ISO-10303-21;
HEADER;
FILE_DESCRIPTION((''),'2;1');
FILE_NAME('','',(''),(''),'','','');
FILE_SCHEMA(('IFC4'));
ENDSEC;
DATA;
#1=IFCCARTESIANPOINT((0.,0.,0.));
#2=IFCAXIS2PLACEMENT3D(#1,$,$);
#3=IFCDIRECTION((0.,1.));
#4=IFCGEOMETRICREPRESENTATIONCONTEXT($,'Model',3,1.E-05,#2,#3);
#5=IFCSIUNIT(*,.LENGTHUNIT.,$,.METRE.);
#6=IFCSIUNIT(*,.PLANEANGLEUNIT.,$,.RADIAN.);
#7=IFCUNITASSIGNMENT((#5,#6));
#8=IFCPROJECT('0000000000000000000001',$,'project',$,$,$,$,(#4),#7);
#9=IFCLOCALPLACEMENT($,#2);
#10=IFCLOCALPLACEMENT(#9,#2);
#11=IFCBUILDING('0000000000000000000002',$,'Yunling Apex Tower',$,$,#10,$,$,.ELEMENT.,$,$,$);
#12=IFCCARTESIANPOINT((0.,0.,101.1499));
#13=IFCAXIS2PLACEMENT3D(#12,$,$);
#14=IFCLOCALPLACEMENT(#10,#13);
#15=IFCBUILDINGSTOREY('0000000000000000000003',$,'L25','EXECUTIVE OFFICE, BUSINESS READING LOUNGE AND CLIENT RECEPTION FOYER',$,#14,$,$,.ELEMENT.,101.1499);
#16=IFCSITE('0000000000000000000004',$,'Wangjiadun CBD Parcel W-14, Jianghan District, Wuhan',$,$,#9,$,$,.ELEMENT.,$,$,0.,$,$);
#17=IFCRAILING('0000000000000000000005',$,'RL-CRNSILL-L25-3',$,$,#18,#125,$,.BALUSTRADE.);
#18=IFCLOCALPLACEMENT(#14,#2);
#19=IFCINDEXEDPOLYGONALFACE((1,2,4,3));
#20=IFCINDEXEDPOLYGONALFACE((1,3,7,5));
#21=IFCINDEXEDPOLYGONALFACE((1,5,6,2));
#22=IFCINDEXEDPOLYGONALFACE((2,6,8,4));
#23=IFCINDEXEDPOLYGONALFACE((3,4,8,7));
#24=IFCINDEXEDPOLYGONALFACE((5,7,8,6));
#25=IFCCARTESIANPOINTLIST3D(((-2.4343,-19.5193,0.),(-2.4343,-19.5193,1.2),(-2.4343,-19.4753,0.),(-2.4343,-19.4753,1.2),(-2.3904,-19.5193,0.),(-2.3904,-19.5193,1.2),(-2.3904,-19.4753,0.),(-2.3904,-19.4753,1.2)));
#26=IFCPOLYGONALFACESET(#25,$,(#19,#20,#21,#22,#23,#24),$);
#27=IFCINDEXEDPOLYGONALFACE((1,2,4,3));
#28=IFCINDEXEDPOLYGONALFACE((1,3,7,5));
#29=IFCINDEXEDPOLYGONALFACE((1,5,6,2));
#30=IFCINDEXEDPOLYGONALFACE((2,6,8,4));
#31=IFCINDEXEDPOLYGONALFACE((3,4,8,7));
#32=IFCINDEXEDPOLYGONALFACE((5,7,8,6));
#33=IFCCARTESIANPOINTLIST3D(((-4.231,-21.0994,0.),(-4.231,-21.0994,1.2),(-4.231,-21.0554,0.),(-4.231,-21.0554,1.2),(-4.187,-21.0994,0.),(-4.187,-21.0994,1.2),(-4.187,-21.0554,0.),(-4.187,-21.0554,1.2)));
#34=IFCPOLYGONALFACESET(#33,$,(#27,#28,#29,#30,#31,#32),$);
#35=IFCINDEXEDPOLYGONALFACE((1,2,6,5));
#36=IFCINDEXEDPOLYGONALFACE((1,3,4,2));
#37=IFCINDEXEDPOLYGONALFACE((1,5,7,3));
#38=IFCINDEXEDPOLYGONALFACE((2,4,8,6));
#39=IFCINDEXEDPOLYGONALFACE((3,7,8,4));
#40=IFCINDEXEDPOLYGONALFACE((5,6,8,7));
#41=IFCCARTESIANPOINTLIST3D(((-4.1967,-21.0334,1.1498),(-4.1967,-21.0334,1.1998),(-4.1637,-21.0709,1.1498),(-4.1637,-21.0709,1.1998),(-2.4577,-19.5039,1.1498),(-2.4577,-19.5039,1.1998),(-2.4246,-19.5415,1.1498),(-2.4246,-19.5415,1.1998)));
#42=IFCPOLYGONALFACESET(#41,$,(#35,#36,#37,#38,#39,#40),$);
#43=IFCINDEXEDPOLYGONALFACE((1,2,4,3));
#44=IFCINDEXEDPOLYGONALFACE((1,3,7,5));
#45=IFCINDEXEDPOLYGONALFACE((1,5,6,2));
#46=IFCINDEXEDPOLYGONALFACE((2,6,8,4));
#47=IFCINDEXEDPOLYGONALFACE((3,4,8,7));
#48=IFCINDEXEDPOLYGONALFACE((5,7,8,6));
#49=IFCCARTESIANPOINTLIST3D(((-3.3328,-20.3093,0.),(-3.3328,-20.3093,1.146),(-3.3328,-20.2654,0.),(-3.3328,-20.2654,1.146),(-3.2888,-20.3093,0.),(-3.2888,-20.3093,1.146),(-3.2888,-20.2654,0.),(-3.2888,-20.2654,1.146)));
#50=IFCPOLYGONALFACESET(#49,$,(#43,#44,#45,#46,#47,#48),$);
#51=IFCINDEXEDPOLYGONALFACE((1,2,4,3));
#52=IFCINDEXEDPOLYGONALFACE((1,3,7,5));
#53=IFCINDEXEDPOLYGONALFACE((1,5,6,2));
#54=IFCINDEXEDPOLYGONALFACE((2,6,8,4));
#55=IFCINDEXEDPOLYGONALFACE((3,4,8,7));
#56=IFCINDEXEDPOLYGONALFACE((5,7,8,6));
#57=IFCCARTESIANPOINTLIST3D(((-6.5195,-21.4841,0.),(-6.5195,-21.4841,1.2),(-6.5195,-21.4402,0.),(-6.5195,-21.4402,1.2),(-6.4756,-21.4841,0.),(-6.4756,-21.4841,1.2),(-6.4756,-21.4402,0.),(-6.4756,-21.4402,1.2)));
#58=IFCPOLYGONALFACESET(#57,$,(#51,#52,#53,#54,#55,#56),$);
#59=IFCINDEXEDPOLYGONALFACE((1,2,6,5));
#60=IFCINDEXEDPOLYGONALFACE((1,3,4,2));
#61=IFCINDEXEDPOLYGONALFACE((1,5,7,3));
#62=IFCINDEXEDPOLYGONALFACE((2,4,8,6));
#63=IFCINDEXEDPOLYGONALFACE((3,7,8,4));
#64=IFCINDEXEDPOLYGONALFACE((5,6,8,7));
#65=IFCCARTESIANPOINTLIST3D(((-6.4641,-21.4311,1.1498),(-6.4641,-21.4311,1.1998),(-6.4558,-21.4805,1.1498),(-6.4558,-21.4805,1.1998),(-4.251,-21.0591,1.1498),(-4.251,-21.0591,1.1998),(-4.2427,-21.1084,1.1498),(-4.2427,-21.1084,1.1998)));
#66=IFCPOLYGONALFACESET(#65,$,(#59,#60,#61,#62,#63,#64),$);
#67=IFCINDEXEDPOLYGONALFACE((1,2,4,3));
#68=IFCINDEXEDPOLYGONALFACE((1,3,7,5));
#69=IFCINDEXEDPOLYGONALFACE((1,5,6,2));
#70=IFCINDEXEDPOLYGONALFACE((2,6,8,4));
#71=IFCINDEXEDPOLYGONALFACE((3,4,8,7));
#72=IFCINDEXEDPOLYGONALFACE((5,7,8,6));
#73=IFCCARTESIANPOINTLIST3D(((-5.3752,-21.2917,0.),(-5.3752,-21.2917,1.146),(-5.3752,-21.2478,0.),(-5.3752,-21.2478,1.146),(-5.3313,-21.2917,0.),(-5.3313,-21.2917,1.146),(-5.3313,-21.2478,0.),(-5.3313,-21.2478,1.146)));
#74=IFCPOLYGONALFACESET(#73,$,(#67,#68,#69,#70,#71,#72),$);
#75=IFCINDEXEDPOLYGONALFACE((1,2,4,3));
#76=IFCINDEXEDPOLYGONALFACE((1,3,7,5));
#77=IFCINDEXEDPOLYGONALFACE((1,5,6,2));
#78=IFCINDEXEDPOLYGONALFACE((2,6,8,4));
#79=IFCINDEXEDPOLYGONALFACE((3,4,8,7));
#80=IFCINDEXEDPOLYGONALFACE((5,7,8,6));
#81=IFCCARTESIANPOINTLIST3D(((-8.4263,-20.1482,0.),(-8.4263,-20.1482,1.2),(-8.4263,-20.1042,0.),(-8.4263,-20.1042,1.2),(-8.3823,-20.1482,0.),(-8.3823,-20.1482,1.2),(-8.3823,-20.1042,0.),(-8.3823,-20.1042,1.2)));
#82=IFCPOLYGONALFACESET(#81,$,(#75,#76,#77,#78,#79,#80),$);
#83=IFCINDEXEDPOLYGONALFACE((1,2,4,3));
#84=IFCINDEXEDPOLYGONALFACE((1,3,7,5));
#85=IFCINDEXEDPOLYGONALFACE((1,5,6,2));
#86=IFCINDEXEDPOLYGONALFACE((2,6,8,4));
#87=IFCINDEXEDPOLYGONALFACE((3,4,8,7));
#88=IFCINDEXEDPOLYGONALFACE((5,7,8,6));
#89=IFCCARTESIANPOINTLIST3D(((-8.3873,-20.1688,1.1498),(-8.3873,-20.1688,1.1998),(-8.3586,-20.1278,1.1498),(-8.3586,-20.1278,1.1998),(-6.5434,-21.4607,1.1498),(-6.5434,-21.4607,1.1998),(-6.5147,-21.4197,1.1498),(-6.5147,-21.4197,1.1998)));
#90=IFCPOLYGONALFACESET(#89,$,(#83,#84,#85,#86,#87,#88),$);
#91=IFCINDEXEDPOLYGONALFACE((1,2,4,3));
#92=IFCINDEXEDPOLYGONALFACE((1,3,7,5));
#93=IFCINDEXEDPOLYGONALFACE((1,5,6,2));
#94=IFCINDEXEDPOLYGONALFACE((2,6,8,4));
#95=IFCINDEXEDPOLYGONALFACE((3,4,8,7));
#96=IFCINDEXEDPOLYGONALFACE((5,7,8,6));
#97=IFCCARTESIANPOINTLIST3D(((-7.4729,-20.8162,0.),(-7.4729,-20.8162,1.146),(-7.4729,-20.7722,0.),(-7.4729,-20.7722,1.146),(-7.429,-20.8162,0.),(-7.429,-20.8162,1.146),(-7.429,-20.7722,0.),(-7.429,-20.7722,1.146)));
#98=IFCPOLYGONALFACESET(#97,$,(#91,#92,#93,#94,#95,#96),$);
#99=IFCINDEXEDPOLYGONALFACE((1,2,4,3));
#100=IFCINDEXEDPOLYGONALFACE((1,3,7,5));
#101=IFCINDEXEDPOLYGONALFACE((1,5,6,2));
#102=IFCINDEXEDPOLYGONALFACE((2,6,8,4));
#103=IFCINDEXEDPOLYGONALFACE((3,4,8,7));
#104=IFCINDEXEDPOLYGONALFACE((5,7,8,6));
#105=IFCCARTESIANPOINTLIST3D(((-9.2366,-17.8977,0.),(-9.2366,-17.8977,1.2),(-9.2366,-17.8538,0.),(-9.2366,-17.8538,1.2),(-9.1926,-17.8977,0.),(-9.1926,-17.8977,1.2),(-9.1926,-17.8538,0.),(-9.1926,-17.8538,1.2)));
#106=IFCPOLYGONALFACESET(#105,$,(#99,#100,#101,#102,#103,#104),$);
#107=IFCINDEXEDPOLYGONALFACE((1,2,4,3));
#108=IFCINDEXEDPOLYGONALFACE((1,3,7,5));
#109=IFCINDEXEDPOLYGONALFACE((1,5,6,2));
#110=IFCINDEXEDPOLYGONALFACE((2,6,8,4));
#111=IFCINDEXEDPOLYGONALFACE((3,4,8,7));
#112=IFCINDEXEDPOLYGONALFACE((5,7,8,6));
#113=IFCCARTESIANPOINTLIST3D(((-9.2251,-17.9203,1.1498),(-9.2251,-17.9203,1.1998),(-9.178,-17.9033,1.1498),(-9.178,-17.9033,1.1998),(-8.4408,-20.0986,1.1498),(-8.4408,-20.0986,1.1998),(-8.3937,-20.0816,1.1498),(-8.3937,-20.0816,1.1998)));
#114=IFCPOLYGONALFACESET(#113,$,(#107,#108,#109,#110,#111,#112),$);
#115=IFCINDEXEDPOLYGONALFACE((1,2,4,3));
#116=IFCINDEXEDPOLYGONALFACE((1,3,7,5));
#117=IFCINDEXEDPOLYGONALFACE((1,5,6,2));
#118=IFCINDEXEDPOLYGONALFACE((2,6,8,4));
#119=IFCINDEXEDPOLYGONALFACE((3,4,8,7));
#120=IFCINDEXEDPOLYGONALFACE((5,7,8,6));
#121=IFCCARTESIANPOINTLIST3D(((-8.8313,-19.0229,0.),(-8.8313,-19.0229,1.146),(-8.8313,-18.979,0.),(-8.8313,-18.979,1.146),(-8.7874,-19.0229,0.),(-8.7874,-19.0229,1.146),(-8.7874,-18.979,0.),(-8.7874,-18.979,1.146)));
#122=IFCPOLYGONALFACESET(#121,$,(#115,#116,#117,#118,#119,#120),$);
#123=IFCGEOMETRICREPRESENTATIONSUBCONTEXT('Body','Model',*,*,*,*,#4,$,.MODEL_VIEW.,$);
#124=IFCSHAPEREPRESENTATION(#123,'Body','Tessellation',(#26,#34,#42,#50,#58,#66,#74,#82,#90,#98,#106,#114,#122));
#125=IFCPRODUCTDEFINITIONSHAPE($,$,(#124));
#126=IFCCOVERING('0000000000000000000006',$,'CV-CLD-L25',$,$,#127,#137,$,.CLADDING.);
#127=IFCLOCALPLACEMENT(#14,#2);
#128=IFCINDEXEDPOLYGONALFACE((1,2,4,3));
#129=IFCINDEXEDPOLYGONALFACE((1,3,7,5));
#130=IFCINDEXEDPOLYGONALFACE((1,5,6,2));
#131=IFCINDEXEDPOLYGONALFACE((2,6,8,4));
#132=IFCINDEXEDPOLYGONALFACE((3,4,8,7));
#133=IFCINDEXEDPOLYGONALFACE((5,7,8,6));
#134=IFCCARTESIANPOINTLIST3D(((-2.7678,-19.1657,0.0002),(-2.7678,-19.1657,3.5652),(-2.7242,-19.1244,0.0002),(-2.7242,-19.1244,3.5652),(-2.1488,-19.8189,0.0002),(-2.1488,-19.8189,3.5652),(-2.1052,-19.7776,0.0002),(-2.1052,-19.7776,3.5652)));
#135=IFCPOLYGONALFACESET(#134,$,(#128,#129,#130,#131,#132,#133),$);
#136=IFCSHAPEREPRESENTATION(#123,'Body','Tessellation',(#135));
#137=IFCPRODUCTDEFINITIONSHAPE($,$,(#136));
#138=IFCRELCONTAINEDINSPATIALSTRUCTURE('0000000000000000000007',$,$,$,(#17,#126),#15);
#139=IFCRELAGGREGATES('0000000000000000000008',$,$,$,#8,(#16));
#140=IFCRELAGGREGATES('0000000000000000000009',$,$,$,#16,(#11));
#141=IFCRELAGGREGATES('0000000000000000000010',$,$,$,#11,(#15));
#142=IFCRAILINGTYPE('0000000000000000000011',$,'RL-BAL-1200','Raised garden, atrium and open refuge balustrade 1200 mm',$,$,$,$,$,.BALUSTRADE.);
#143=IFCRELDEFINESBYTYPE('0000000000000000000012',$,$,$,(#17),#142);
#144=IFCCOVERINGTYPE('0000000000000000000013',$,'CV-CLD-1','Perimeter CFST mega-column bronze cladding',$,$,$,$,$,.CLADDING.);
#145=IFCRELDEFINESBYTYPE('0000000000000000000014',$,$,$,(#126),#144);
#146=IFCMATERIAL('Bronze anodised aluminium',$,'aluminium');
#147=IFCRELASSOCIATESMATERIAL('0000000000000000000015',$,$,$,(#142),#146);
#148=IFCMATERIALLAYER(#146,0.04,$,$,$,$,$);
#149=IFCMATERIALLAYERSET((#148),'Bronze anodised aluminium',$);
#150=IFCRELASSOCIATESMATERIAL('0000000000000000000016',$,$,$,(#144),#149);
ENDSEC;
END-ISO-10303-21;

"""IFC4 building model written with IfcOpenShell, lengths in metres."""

from ifc_helpers import new_model, si_unit, direction, frame, origin, origin_2d, place, context, subcontext, project, spatial, rectangle, extrude, source, transform, mapped, material, layer, layer_set, type_object, element, save


model = new_model("IFC4")

# Units and contexts
model_context = context("Model", 3, precision=1e-05, world=origin(), true_north=direction((0.0, 1.0)))
body_context = subcontext(model_context, "Body", "Model", "MODEL_VIEW")
ifc_project = project(units=[si_unit("LENGTHUNIT", "METRE"), si_unit("PLANEANGLEUNIT", "RADIAN")], contexts=[model_context])

# Site, building, storey
site_placement = place(None, origin())
site = spatial("IfcSite", under=ifc_project, at=site_placement, Name="Wangjiadun CBD Parcel W-14, Jianghan District, Wuhan", CompositionType="ELEMENT", RefElevation=0.0)
building_placement = place(site_placement, origin())
building = spatial("IfcBuilding", under=site, at=building_placement, Name="Yunling Apex Tower", CompositionType="ELEMENT")
storey_placement = place(building_placement, frame((0.0, 0.0, 101.1499)))
storey = spatial("IfcBuildingStorey", under=building, at=storey_placement, Name="L25", Description="EXECUTIVE OFFICE, BUSINESS READING LOUNGE AND CLIENT RECEPTION FOYER", CompositionType="ELEMENT", Elevation=101.1499)

# Shared definitions
ifc_material_1 = material(Name="Bronze anodised aluminium", Category="aluminium")

# Railing
railing_type = type_object("IfcRailingType", Name="RL-BAL-1200", Description="Raised garden, atrium and open refuge balustrade 1200 mm", PredefinedType="BALUSTRADE", material=ifc_material_1)
railing_placement = place(storey_placement, frame((-2.4124, -19.4973, 0.0)))
element("IfcRailing", 1, at=railing_placement, inside=storey, type_object=railing_type, Name="RL-CRNSILL-L25-3", PredefinedType="BALUSTRADE", context=body_context, shape_type="SweptSolid", body=[
    extrude(rectangle(XDim=0.0439, YDim=0.0439, at=origin_2d()), origin(), (0.0, 0.0, 1.0), 1.2),
    extrude(rectangle(XDim=0.0439, YDim=0.0439, at=origin_2d()), frame((-1.7966, -1.5801, 0.0)), (0.0, 0.0, 1.0), 1.2),
    extrude(rectangle(XDim=0.05, YDim=0.05, at=origin_2d()), frame((-0.0288, -0.0254, 1.1748), z_axis=(-0.750912, -0.660402, 0.0), x_axis=(0.660402, -0.750912, 0.0)), (0.0, 0.0, 1.0), 2.3159),
    extrude(rectangle(XDim=0.0439, YDim=0.0439, at=origin_2d()), frame((-0.8984, -0.79, 0.0)), (0.0, 0.0, 1.0), 1.146),
    extrude(rectangle(XDim=0.0439, YDim=0.0439, at=origin_2d()), frame((-4.0852, -1.9648, 0.0)), (0.0, 0.0, 1.0), 1.2),
    extrude(rectangle(XDim=0.05, YDim=0.05, at=origin_2d()), frame((-1.8345, -1.5864, 1.1748), z_axis=(-0.98616, -0.165798, 0.0), x_axis=(0.165798, -0.98616, 0.0)), (0.0, 0.0, 1.0), 2.2441),
    extrude(rectangle(XDim=0.0439, YDim=0.0439, at=origin_2d()), frame((-2.9409, -1.7725, 0.0)), (0.0, 0.0, 1.0), 1.146),
    extrude(rectangle(XDim=0.0439, YDim=0.0439, at=origin_2d()), frame((-5.9919, -0.6289, 0.0)), (0.0, 0.0, 1.0), 1.2),
    extrude(rectangle(XDim=0.05, YDim=0.05, at=origin_2d()), frame((-4.1167, -1.9429, 1.1748), z_axis=(-0.818986, 0.573814, 0.0), x_axis=(-0.573814, -0.818986, 0.0)), (0.0, 0.0, 1.0), 2.2515),
    extrude(rectangle(XDim=0.0439, YDim=0.0439, at=origin_2d()), frame((-5.0386, -1.2969, 0.0)), (0.0, 0.0, 1.0), 1.146),
    extrude(rectangle(XDim=0.0439, YDim=0.0439, at=origin_2d()), frame((-6.8022, 1.6216, 0.0)), (0.0, 0.0, 1.0), 1.2),
    extrude(rectangle(XDim=0.05, YDim=0.05, at=origin_2d()), frame((-6.0049, -0.5928, 1.1748), z_axis=(-0.338766, 0.94087, 0.0), x_axis=(-0.94087, -0.338766, 0.0)), (0.0, 0.0, 1.0), 2.3152),
    extrude(rectangle(XDim=0.0439, YDim=0.0439, at=origin_2d()), frame((-6.397, 0.4963, 0.0)), (0.0, 0.0, 1.0), 1.146),
])

# Covering
ifc_layer_1 = layer(ifc_material_1, 0.04)
ifc_layer_set_1 = layer_set([ifc_layer_1], Name="Bronze anodised aluminium")
covering_type = type_object("IfcCoveringType", Name="CV-CLD-1", Description="Perimeter CFST mega-column bronze cladding", PredefinedType="CLADDING", material=ifc_layer_set_1)
shared_shape_1 = source(origin(), body_context, "Body", "SweptSolid", [
    extrude(rectangle(XDim=0.0601, YDim=0.8999, at=origin_2d()), origin(), (0.0, 0.0, 1.0), 3.5649),
])
covering_placement = place(storey_placement, frame((-2.4365, -19.4717, 0.0002), z_axis=(0.0, 0.0, 1.0), x_axis=(0.725855, 0.687848, 0.0)))
element("IfcCovering", 2, at=covering_placement, inside=storey, type_object=covering_type, Name="CV-CLD-L25", PredefinedType="CLADDING", context=body_context, shape_type="MappedRepresentation", body=[
    mapped(shared_shape_1, transform((0.0, 0.0, 0.0), scale=1.0)),
])

save(model, "model.ifc")
